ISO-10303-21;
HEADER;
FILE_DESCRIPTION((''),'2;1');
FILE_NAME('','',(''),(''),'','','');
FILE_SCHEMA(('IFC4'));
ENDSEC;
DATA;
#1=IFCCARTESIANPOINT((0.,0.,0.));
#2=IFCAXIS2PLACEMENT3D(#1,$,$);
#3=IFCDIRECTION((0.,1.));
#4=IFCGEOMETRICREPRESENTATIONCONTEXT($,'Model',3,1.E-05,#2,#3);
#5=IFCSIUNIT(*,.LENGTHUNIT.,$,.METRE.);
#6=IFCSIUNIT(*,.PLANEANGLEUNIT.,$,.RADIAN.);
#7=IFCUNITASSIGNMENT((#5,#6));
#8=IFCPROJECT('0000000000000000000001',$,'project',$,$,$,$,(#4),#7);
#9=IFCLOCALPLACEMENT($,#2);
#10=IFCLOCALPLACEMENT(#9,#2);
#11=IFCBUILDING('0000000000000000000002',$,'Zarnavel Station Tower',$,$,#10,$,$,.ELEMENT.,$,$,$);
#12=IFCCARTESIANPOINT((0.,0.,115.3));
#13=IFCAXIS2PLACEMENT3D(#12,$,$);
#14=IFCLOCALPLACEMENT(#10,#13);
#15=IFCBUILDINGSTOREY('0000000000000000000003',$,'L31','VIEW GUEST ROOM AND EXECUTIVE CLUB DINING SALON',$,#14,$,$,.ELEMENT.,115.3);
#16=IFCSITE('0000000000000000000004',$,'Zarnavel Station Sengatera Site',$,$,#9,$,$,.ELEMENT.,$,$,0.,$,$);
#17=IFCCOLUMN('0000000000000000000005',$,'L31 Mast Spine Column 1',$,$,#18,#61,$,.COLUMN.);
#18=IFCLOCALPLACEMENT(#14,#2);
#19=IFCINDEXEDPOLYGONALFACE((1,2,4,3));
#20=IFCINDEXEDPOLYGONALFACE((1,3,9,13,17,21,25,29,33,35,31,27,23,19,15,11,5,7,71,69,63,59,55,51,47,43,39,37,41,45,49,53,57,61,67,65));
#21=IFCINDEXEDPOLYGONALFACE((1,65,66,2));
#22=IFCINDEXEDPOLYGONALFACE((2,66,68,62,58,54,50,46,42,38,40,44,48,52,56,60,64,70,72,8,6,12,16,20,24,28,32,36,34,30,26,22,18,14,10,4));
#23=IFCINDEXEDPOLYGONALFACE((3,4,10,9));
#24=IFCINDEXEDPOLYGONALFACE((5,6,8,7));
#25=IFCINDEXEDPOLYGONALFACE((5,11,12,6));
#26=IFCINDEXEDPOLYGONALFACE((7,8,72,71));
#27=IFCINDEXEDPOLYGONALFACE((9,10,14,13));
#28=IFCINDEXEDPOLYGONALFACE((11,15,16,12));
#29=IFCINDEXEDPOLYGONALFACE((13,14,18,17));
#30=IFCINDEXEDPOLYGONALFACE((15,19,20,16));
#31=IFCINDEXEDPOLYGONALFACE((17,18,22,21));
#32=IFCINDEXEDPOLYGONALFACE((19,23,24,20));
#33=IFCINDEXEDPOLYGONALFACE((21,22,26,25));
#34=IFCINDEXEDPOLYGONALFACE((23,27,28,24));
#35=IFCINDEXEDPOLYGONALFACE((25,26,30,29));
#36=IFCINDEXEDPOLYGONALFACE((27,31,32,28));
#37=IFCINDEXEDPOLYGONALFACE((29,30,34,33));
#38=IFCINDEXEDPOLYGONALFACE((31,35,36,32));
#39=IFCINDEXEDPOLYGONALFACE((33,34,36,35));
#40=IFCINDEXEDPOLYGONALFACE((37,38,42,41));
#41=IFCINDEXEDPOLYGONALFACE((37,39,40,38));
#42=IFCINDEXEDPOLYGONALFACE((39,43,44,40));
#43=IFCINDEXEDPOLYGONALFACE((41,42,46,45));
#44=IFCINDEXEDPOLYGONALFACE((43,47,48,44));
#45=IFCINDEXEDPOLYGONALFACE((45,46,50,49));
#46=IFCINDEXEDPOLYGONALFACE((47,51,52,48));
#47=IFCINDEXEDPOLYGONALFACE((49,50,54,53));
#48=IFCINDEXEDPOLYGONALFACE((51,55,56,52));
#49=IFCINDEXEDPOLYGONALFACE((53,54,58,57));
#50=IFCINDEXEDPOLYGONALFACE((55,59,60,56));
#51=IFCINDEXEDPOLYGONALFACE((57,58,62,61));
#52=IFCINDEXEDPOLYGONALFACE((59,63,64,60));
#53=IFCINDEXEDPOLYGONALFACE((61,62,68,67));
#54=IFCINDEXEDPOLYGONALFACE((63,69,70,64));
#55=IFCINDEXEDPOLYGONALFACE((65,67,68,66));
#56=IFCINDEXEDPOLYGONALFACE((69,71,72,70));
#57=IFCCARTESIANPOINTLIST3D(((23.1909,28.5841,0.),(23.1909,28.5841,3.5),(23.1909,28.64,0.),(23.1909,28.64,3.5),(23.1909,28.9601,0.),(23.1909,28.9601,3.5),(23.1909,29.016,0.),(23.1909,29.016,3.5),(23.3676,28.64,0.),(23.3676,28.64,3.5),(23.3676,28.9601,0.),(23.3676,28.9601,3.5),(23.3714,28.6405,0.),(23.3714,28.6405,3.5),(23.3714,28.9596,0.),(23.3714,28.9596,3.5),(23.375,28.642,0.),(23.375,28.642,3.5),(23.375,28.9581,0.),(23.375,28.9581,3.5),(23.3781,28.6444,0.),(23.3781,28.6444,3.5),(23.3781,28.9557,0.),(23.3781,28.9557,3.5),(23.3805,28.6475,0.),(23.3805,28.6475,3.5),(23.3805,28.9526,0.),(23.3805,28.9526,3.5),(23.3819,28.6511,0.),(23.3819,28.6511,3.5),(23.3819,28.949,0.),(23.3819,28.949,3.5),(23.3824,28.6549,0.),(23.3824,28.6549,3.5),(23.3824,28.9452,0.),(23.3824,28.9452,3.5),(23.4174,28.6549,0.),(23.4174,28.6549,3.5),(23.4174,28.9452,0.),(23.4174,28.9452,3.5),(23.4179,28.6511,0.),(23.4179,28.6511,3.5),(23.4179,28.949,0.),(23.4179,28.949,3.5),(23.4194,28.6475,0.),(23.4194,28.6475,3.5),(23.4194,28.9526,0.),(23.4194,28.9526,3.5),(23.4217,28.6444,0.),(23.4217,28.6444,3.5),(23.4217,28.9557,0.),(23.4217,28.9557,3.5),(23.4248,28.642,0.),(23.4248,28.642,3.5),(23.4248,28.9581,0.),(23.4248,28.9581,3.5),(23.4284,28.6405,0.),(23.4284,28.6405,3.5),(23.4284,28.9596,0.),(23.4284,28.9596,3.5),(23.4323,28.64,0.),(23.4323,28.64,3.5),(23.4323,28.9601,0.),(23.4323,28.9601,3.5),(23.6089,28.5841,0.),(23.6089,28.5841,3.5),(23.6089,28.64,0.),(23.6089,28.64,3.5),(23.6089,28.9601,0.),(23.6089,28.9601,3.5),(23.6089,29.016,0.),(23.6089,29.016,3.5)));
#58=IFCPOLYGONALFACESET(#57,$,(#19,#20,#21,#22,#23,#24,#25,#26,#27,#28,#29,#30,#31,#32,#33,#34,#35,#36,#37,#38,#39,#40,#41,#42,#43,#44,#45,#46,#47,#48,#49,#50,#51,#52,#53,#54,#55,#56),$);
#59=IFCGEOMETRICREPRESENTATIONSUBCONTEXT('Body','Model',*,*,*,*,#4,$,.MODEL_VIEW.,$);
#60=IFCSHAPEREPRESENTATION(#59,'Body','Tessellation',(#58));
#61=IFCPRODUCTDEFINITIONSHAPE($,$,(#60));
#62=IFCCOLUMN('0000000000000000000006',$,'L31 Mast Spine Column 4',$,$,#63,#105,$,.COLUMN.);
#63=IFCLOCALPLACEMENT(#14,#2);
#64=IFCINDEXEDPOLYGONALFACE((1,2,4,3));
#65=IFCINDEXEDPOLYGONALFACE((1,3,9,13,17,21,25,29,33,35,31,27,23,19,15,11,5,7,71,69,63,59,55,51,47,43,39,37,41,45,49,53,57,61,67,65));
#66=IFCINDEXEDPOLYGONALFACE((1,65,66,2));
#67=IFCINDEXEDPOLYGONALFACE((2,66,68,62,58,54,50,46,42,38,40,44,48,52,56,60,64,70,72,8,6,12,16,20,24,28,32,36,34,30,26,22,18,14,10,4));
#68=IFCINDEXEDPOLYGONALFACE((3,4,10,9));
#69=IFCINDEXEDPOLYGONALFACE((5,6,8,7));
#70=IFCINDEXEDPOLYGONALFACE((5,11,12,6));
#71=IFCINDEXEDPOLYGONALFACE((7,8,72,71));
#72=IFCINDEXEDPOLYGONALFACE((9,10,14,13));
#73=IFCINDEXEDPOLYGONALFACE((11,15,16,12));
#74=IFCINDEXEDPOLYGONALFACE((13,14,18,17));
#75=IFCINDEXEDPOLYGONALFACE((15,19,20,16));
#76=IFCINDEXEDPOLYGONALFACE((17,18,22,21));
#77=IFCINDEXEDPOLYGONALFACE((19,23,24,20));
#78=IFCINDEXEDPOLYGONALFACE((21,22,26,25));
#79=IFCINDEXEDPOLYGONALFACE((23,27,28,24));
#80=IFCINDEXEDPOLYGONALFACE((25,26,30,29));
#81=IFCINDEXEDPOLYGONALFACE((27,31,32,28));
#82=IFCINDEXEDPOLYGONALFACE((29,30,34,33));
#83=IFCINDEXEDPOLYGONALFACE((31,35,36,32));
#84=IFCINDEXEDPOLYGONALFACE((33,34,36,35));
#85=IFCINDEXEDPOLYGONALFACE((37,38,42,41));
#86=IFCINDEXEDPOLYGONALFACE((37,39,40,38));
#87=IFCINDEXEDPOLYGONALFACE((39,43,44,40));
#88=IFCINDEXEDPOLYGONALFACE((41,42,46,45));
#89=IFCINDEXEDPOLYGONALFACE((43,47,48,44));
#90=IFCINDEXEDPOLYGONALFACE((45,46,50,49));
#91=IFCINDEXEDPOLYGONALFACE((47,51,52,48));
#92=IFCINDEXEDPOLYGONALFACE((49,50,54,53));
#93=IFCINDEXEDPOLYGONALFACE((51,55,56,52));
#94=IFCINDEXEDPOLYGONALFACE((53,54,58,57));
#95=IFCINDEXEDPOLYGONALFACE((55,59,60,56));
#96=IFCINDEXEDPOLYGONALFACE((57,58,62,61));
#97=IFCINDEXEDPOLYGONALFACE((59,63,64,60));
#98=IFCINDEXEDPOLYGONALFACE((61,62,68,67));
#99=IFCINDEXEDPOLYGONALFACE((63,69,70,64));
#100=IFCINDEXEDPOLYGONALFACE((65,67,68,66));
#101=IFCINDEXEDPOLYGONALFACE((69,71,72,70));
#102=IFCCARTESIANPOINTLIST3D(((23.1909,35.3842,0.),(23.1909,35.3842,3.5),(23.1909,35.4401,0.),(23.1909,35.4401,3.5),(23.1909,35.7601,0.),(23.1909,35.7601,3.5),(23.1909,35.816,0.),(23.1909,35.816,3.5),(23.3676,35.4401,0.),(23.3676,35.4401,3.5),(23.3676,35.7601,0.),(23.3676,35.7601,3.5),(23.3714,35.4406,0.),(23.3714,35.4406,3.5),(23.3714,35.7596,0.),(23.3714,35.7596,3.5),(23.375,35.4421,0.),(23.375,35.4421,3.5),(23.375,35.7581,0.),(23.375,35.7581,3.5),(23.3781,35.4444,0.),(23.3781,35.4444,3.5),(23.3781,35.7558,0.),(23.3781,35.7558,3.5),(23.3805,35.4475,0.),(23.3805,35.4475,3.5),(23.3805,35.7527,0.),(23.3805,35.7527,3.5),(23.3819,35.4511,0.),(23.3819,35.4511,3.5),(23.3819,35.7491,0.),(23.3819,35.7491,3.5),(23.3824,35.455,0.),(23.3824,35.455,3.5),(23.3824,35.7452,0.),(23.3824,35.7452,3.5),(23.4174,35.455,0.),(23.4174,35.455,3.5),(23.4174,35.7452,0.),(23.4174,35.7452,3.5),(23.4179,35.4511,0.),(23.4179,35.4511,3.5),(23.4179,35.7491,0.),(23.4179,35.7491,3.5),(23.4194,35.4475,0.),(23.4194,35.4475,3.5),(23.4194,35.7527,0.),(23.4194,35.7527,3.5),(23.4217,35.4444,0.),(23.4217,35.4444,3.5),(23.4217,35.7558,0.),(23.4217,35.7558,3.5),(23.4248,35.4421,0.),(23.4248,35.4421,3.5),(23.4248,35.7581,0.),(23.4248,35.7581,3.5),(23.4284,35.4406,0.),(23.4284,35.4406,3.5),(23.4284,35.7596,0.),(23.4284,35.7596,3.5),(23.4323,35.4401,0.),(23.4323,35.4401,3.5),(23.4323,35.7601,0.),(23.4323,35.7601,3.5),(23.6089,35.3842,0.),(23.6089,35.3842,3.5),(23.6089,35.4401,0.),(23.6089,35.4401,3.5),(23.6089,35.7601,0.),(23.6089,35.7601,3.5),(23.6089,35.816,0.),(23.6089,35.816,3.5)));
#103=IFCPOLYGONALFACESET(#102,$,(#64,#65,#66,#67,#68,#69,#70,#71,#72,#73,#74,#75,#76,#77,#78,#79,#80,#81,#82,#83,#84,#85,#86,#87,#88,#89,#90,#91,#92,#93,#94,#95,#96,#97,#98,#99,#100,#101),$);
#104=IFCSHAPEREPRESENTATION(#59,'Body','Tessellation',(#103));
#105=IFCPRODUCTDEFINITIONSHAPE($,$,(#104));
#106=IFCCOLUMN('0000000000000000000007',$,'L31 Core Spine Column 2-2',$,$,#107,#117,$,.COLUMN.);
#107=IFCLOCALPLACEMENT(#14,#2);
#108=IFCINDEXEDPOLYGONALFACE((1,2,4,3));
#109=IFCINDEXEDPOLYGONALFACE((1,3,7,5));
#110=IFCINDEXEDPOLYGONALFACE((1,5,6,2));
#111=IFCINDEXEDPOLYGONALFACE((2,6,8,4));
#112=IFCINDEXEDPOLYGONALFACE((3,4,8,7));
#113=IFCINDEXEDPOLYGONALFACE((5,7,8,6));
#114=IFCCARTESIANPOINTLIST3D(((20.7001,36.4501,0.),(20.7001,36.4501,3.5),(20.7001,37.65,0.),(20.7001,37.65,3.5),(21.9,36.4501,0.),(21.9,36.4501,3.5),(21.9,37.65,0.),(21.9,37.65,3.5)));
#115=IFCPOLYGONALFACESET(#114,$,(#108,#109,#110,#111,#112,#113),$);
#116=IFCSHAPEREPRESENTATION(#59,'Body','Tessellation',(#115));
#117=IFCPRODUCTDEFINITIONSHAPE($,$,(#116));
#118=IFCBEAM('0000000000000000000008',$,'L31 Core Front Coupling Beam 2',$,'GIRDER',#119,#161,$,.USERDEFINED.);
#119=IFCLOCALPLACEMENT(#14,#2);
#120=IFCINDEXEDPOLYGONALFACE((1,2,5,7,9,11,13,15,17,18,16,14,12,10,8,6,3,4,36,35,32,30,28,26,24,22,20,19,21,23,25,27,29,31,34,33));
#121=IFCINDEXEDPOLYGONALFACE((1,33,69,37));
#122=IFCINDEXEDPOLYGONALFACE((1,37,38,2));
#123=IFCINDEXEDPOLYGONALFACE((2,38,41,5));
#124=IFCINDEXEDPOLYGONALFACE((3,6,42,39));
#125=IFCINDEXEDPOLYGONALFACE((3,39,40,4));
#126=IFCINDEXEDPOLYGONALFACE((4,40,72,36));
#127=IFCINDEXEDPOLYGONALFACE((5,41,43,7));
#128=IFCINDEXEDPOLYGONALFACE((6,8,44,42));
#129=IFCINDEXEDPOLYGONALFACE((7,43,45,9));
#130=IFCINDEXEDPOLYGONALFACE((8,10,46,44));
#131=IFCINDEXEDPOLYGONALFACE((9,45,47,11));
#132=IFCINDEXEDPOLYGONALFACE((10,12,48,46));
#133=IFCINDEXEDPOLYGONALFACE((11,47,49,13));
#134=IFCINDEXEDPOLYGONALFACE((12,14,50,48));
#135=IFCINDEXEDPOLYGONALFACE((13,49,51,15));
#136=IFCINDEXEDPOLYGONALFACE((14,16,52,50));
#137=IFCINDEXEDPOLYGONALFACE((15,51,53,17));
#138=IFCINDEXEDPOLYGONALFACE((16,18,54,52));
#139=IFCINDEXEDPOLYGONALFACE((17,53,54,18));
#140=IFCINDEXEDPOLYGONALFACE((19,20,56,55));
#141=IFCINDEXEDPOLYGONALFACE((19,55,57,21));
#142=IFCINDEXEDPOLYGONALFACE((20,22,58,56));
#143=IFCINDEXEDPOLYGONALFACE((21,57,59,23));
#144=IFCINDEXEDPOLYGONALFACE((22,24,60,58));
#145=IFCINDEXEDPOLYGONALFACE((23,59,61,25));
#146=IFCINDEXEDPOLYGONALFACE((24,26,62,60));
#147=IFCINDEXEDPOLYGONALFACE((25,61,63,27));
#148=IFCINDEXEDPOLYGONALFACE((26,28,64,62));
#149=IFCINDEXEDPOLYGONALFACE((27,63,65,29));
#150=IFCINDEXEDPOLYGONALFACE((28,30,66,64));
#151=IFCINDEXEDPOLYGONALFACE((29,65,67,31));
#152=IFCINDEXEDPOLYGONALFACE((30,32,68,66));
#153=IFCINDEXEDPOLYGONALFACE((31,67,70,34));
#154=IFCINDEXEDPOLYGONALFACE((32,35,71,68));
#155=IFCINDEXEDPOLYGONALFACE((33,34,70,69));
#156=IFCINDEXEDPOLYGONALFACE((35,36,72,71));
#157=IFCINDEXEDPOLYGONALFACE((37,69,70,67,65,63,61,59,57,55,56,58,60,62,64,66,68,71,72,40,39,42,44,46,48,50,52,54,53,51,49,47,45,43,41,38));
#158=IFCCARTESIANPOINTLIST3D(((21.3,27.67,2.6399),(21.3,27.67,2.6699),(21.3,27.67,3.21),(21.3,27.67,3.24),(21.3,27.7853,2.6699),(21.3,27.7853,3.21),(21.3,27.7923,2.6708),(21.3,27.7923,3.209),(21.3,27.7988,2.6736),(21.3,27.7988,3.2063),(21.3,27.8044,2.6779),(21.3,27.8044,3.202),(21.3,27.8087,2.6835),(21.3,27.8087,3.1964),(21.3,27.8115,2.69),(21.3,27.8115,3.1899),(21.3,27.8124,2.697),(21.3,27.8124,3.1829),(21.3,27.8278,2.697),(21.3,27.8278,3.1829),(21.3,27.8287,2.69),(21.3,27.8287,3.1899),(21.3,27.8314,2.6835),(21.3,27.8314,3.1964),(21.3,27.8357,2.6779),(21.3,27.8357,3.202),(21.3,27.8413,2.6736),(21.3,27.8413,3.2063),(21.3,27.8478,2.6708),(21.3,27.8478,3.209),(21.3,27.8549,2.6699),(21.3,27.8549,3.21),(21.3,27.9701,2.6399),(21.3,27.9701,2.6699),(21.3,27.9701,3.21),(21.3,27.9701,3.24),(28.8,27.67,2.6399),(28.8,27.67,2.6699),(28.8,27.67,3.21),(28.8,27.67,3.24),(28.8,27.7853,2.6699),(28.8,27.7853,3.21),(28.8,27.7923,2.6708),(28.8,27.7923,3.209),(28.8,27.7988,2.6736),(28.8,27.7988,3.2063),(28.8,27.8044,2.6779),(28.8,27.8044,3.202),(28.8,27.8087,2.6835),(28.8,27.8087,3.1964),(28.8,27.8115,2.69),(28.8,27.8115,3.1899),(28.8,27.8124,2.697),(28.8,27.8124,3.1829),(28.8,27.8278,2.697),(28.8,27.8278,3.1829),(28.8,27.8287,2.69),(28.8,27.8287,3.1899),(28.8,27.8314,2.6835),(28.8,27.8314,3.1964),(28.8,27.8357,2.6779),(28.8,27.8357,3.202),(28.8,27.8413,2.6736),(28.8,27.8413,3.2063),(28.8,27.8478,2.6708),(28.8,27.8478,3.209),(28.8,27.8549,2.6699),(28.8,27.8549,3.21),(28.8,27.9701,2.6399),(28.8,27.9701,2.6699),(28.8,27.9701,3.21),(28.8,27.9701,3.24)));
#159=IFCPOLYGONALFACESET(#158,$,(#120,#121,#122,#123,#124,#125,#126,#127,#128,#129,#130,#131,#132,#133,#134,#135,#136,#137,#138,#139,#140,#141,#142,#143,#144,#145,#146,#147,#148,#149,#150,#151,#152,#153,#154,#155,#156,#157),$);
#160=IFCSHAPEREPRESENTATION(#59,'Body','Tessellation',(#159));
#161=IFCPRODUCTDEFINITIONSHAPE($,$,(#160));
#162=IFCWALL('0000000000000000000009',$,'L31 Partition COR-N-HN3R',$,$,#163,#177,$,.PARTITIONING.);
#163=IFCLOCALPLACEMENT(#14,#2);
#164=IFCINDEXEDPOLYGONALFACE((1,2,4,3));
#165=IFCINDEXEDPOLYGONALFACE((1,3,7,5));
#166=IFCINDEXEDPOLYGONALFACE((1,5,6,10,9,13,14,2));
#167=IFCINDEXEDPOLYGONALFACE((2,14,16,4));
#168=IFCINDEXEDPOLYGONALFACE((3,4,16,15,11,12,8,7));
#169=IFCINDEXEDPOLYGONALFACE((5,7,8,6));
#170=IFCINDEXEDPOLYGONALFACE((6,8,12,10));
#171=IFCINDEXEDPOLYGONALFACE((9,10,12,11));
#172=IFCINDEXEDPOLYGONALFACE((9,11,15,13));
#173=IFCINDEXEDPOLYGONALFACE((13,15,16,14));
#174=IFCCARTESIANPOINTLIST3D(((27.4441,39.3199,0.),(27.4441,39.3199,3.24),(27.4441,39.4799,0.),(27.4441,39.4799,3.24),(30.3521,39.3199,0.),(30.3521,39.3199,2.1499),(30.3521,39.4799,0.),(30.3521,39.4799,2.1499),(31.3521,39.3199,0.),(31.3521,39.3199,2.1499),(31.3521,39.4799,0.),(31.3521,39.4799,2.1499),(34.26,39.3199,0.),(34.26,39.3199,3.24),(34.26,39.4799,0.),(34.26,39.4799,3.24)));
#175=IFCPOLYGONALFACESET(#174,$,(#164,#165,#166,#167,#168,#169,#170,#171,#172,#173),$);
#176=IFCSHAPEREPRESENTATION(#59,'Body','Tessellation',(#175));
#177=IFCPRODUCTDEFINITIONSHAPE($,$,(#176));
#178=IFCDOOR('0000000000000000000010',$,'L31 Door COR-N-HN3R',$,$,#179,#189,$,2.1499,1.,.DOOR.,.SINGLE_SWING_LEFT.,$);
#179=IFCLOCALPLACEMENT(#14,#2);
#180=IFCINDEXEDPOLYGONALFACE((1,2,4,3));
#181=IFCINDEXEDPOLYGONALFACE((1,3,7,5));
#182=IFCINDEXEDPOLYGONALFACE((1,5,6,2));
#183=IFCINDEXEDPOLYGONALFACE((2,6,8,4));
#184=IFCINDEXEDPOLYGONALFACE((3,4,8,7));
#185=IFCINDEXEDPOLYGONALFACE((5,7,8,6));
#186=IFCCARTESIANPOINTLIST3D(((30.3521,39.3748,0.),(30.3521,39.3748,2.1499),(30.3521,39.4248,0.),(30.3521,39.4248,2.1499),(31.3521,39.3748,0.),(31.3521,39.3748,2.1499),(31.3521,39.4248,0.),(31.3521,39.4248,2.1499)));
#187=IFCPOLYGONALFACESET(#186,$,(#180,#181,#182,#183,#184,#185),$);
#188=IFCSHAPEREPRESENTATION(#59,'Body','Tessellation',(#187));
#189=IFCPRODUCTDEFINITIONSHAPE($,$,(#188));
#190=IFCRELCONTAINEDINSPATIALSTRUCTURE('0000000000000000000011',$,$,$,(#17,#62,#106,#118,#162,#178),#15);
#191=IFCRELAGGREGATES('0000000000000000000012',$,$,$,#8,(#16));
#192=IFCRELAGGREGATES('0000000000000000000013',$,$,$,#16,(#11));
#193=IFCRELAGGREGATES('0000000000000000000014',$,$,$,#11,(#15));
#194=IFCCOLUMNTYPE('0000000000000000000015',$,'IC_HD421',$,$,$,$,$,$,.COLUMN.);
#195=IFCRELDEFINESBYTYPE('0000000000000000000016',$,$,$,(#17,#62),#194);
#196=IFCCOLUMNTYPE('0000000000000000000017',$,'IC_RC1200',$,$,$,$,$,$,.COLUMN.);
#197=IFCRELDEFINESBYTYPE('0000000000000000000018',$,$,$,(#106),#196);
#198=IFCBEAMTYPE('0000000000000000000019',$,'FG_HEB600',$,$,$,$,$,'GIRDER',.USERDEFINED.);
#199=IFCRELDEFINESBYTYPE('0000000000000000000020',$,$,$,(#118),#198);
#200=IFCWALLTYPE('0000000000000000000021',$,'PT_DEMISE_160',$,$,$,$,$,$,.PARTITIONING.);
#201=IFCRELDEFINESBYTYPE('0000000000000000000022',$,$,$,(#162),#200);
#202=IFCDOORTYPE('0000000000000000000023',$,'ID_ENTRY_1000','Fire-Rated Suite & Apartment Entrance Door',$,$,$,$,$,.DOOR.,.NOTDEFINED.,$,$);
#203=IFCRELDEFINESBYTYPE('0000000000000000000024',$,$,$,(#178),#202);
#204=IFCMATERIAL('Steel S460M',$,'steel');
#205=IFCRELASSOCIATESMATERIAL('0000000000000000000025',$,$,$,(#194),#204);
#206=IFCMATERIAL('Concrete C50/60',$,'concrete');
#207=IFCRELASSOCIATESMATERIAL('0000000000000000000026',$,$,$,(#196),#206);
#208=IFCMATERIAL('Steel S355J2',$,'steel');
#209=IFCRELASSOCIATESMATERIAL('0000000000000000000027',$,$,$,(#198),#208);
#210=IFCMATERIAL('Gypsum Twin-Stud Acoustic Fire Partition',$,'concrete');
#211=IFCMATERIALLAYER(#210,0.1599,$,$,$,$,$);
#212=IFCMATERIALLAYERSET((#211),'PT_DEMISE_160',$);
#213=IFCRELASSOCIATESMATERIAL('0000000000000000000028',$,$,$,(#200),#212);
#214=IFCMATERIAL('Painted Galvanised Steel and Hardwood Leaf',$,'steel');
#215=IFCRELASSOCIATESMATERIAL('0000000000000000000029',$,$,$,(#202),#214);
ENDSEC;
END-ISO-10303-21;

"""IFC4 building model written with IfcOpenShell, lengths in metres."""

from ifc_helpers import new_model, si_unit, direction, frame, frame_2d, origin, origin_2d, place, context, subcontext, project, spatial, rectangle, i_section, extrude, material, layer, layer_set, material_profile, profile_set, type_object, element, fill, save


model = new_model("IFC4")

# Units and contexts
model_context = context("Model", 3, precision=1e-05, world=origin(), true_north=direction((0.0, 1.0)))
body_context = subcontext(model_context, "Body", "Model", "MODEL_VIEW")
ifc_project = project(units=[si_unit("LENGTHUNIT", "METRE"), si_unit("PLANEANGLEUNIT", "RADIAN")], contexts=[model_context])

# Site, building, storey
site_placement = place(None, origin())
site = spatial("IfcSite", under=ifc_project, at=site_placement, Name="Zarnavel Station Sengatera Site", CompositionType="ELEMENT", RefElevation=0.0)
building_placement = place(site_placement, origin())
building = spatial("IfcBuilding", under=site, at=building_placement, Name="Zarnavel Station Tower", CompositionType="ELEMENT")
storey_placement = place(building_placement, frame((0.0, 0.0, 115.3)))
storey = spatial("IfcBuildingStorey", under=building, at=storey_placement, Name="L31", Description="VIEW GUEST ROOM AND EXECUTIVE CLUB DINING SALON", CompositionType="ELEMENT", Elevation=115.3)

# Columns
ifc_material_1 = material(Name="Steel S460M", Category="steel")
ifc_material_profile_1 = material_profile(ifc_material_1, i_section(OverallWidth=0.418, OverallDepth=0.4319, WebThickness=0.0349, FlangeThickness=0.0559, FilletRadius=0.0149, at=origin_2d()), Name="HD400x421")
ifc_profile_set_1 = profile_set([ifc_material_profile_1], Name="Steel S460M")
column_type_1 = type_object("IfcColumnType", Name="IC_HD421", PredefinedType="COLUMN", material=ifc_profile_set_1)
for number, where, z_axis, x_axis, name in (
    (1, (23.3999, 28.8, 0.0), (0.0, 0.0, 1.0), (1.0, 0.0, 0.0), "L31 Mast Spine Column 1"),
    (2, (23.3999, 35.6001, 0.0), (0.0, 0.0, 1.0), (1.0, 0.0, 0.0), "L31 Mast Spine Column 4"),
):
    element("IfcColumn", number, at=place(storey_placement, frame(where, z_axis=z_axis, x_axis=x_axis)), inside=storey, type_object=column_type_1, Name=name, PredefinedType="COLUMN", context=body_context, shape_type="SweptSolid", body=[
        extrude(i_section(OverallWidth=0.418, OverallDepth=0.4319, WebThickness=0.0349, FlangeThickness=0.0559, FilletRadius=0.0149, at=origin_2d()), origin(), (0.0, 0.0, 1.0), 3.5),
    ])
ifc_material_2 = material(Name="Concrete C50/60", Category="concrete")
ifc_material_profile_2 = material_profile(ifc_material_2, rectangle(XDim=1.2, YDim=1.2, at=origin_2d()), Name="RC1200x1200")
ifc_profile_set_2 = profile_set([ifc_material_profile_2], Name="Concrete C50/60")
column_type_2 = type_object("IfcColumnType", Name="IC_RC1200", PredefinedType="COLUMN", material=ifc_profile_set_2)
column_placement = place(storey_placement, frame((21.3, 37.05, 0.0), z_axis=(0.0, 0.0, 1.0), x_axis=(1.0, 0.0, 0.0)))
element("IfcColumn", 3, at=column_placement, inside=storey, type_object=column_type_2, Name="L31 Core Spine Column 2-2", PredefinedType="COLUMN", context=body_context, shape_type="SweptSolid", body=[
    extrude(rectangle(XDim=1.2, YDim=1.2, at=origin_2d()), origin(), (0.0, 0.0, 1.0), 3.5),
])

# Beam
ifc_material_3 = material(Name="Steel S355J2", Category="steel")
ifc_material_profile_3 = material_profile(ifc_material_3, i_section(OverallWidth=0.3, OverallDepth=0.6001, WebThickness=0.0154, FlangeThickness=0.03, FilletRadius=0.0271, at=origin_2d()), Name="HEB600")
ifc_profile_set_3 = profile_set([ifc_material_profile_3], Name="Steel S355J2")
beam_type = type_object("IfcBeamType", Name="FG_HEB600", ElementType="GIRDER", PredefinedType="USERDEFINED", material=ifc_profile_set_3)
beam_placement = place(storey_placement, frame((21.3, 27.8201, 2.9399), z_axis=(1.0, 0.0, 0.0), x_axis=(0.0, 1.0, 0.0)))
element("IfcBeam", 4, at=beam_placement, inside=storey, type_object=beam_type, Name="L31 Core Front Coupling Beam 2", ObjectType="GIRDER", PredefinedType="USERDEFINED", context=body_context, shape_type="SweptSolid", body=[
    extrude(i_section(OverallWidth=0.3, OverallDepth=0.6001, WebThickness=0.0154, FlangeThickness=0.03, FilletRadius=0.0271, at=origin_2d()), origin(), (0.0, 0.0, 1.0), 7.5),
])

# Wall, opening, door
ifc_material_4 = material(Name="Gypsum Twin-Stud Acoustic Fire Partition", Category="concrete")
ifc_layer_1 = layer(ifc_material_4, 0.1599)
ifc_layer_set_1 = layer_set([ifc_layer_1], Name="PT_DEMISE_160")
wall_type_1 = type_object("IfcWallType", Name="PT_DEMISE_160", PredefinedType="PARTITIONING", material=ifc_layer_set_1)
ifc_material_5 = material(Name="Painted Galvanised Steel and Hardwood Leaf", Category="steel")
door_type_1 = type_object("IfcDoorType", Name="ID_ENTRY_1000", Description="Fire-Rated Suite & Apartment Entrance Door", OperationType="NOTDEFINED", PredefinedType="DOOR", material=ifc_material_5)
wall_1_placement = place(storey_placement, frame((27.4441, 39.3999, 0.0), z_axis=(0.0, 0.0, 1.0), x_axis=(1.0, 0.0, 0.0)))
wall_1 = element("IfcWall", 5, at=wall_1_placement, inside=storey, type_object=wall_type_1, Name="L31 Partition COR-N-HN3R", PredefinedType="PARTITIONING", context=body_context, shape_type="SweptSolid", body=[
    extrude(rectangle(XDim=6.8159, YDim=0.1599, at=frame_2d((3.408, 0.0))), origin(), (0.0, 0.0, 1.0), 3.24),
])
opening_1_placement = place(wall_1_placement, frame((2.908, 0.0, 0.0)))
opening_1 = element("IfcOpeningElement", 6, at=opening_1_placement, cuts=wall_1, PredefinedType="OPENING", context=body_context, shape_type="SweptSolid", body=[
    extrude(rectangle(XDim=1.0, YDim=2.1499, at=frame_2d((0.5, 1.075))), frame((0.0, 0.0898, 0.0), z_axis=(0.0, -1.0, 0.0), x_axis=(1.0, 0.0, 0.0)), (0.0, 0.0, 1.0), 0.1799),
])
door_1_placement = place(opening_1_placement, origin())
door_1 = element("IfcDoor", 7, at=door_1_placement, inside=storey, type_object=door_type_1, Name="L31 Door COR-N-HN3R", OperationType="SINGLE_SWING_LEFT", OverallHeight=2.1499, OverallWidth=1.0, PredefinedType="DOOR", context=body_context, shape_type="SweptSolid", body=[
    extrude(rectangle(XDim=1.0, YDim=2.1499, at=frame_2d((0.5, 1.075))), frame((0.0, 0.0249, 0.0), z_axis=(0.0, -1.0, 0.0), x_axis=(1.0, 0.0, 0.0)), (0.0, 0.0, 1.0), 0.05),
])
fill(opening_1, door_1)

save(model, "model.ifc")
